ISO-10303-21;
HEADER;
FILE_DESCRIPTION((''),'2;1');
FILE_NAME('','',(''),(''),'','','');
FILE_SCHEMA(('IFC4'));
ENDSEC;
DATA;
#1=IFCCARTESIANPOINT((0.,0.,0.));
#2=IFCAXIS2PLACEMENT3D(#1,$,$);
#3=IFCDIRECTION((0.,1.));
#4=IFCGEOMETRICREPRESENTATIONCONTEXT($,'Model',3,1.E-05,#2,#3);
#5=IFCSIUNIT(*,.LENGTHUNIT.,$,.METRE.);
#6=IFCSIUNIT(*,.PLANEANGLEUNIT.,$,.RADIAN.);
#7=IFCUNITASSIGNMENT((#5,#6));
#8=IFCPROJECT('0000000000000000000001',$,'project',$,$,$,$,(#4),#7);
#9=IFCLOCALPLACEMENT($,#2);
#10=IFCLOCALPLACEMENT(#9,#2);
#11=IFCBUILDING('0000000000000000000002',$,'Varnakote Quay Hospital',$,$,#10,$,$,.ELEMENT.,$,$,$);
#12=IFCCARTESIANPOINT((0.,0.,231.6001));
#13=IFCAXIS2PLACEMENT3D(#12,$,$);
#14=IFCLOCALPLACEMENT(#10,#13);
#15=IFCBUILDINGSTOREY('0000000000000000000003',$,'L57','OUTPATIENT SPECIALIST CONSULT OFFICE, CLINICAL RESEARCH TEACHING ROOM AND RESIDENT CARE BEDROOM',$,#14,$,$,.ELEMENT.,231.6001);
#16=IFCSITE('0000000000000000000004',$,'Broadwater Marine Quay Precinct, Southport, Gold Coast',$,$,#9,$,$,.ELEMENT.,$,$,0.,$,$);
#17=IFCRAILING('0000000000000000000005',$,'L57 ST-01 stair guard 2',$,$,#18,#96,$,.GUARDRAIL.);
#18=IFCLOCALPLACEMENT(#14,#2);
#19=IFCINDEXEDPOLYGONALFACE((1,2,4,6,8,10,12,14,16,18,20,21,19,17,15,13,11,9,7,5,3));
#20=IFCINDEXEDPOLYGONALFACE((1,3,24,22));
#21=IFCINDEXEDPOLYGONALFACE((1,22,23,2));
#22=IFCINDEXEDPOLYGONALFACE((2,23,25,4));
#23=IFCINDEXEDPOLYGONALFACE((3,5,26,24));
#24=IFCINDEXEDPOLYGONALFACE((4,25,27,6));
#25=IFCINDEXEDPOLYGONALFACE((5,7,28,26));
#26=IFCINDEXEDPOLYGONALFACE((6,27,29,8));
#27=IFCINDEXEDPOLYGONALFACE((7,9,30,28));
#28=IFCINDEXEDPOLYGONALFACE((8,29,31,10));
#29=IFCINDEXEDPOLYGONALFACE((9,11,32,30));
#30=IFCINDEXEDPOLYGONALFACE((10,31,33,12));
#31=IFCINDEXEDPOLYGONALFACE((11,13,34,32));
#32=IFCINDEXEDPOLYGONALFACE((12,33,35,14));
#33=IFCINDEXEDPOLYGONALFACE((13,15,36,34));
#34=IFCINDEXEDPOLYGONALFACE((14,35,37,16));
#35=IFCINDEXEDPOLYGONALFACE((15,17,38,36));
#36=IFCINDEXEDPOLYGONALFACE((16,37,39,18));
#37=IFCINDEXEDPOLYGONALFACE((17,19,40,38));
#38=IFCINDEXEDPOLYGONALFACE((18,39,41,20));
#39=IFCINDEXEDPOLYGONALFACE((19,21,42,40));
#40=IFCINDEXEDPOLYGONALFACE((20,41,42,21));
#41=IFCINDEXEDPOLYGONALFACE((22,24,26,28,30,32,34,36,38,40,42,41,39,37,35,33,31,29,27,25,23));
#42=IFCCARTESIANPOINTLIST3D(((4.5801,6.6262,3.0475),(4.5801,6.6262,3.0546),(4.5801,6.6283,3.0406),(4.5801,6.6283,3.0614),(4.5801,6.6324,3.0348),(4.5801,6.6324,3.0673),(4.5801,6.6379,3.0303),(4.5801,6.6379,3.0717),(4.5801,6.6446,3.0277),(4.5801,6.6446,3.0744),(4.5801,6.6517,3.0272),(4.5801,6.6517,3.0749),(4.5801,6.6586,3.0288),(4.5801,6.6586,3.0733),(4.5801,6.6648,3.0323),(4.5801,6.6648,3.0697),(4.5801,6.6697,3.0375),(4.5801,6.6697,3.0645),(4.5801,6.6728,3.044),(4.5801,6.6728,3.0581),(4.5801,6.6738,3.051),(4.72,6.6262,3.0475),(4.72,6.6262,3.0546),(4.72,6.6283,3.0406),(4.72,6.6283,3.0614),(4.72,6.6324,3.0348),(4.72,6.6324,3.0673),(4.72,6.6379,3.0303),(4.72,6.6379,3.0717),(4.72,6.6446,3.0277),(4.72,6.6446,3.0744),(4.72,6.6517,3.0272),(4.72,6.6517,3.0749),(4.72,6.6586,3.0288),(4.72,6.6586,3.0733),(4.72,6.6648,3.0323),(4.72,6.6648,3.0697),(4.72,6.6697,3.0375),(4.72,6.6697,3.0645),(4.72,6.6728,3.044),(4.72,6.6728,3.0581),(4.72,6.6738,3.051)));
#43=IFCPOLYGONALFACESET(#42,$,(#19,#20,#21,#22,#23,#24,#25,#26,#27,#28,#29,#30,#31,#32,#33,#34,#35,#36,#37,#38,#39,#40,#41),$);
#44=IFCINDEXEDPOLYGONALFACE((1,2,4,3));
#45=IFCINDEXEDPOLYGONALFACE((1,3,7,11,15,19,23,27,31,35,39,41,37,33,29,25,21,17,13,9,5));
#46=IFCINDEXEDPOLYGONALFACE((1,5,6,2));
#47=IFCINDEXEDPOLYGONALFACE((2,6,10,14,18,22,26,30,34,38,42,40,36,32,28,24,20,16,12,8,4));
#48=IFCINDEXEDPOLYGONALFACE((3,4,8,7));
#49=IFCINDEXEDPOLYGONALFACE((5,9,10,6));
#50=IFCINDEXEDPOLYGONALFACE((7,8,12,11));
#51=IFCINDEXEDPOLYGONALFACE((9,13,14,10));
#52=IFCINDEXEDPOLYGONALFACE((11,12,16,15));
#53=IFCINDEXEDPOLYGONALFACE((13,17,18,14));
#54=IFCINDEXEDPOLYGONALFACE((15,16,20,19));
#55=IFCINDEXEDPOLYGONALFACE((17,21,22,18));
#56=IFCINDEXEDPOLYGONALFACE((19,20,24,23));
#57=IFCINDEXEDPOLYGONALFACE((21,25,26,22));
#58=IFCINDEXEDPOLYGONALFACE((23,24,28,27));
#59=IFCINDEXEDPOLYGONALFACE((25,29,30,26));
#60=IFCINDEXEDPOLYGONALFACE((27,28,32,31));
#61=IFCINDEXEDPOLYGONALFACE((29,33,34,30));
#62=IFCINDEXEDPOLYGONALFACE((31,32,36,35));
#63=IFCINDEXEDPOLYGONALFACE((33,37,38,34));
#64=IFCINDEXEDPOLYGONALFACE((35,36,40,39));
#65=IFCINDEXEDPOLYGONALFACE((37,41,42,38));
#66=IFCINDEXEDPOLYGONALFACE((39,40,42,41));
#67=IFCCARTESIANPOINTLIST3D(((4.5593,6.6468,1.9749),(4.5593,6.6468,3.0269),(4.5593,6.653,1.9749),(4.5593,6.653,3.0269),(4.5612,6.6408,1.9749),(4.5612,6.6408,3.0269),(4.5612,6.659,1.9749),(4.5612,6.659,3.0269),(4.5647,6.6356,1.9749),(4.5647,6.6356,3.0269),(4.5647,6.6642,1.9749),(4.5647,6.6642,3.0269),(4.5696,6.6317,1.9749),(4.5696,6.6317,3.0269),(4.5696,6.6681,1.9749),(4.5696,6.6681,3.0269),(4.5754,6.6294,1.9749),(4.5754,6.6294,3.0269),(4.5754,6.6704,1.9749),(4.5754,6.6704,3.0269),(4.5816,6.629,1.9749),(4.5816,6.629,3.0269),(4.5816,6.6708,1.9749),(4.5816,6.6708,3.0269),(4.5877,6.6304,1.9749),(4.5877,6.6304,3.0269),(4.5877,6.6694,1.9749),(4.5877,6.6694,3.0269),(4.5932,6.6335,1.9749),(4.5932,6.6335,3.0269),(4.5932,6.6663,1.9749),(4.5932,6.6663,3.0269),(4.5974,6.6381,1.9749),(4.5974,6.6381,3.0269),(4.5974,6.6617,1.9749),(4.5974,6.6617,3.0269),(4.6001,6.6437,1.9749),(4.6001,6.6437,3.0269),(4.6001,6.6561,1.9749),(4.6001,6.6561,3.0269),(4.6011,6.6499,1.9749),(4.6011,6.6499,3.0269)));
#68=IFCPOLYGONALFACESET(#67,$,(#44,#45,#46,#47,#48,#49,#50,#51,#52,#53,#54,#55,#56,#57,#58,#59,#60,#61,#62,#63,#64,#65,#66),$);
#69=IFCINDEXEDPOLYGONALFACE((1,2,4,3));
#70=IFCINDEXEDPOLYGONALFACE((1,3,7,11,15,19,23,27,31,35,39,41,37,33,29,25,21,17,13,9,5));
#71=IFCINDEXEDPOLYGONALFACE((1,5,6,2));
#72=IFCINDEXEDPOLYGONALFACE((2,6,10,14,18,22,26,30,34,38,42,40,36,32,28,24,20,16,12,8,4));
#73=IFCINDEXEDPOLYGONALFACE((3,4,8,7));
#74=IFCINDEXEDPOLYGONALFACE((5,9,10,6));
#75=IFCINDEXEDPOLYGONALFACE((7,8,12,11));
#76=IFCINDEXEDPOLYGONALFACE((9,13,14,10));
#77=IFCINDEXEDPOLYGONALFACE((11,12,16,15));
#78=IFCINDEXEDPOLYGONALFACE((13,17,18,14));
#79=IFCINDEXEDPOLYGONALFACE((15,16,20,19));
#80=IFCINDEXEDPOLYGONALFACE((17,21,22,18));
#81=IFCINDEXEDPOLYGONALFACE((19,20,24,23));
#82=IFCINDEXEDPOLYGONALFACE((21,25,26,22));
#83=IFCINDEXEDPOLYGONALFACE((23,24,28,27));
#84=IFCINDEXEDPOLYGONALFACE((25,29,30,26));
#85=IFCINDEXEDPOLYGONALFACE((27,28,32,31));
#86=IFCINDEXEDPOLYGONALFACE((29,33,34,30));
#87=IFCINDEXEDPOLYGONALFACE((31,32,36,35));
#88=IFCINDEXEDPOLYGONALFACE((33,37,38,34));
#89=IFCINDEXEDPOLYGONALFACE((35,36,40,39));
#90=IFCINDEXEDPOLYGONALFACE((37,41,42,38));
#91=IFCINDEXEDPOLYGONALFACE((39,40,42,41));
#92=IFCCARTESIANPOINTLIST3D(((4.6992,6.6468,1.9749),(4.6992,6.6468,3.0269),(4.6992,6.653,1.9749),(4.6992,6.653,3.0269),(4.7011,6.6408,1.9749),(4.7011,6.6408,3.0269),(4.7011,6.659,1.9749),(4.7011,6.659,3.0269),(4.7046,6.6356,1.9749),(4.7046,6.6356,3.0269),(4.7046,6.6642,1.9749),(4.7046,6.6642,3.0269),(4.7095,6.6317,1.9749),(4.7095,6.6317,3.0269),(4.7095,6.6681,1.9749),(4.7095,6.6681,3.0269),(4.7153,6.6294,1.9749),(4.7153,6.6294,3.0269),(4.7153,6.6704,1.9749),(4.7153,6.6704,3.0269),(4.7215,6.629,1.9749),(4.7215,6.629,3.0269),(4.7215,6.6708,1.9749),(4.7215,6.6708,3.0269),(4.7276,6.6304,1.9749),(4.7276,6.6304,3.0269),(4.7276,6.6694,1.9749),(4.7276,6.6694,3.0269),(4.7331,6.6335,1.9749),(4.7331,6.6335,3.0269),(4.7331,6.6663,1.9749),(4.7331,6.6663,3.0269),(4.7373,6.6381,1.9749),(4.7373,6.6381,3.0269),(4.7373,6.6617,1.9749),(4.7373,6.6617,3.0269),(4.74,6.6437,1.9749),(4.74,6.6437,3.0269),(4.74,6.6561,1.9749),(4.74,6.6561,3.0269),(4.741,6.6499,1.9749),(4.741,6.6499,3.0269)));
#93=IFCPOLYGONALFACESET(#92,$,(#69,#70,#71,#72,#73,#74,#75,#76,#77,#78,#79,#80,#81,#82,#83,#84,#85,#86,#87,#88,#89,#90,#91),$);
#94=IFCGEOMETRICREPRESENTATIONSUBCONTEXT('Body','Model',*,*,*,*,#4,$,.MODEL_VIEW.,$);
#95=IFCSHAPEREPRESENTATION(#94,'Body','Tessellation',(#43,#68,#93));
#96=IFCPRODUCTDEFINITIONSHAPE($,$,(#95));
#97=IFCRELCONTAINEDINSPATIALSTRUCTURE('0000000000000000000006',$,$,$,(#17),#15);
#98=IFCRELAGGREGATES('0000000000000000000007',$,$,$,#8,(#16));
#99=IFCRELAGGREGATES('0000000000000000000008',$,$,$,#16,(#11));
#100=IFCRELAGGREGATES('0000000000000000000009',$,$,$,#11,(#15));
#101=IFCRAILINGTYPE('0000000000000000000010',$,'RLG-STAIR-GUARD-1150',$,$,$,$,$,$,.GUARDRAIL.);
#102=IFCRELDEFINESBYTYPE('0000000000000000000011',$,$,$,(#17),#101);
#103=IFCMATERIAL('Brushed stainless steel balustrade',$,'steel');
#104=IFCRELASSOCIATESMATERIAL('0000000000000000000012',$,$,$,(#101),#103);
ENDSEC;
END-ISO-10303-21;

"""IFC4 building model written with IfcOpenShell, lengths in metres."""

from ifc_helpers import new_model, si_unit, direction, frame, origin, origin_2d, place, context, subcontext, project, spatial, circle, extrude, material, type_object, element, save


model = new_model("IFC4")

# Units and contexts
model_context = context("Model", 3, precision=1e-05, world=origin(), true_north=direction((0.0, 1.0)))
body_context = subcontext(model_context, "Body", "Model", "MODEL_VIEW")
ifc_project = project(units=[si_unit("LENGTHUNIT", "METRE"), si_unit("PLANEANGLEUNIT", "RADIAN")], contexts=[model_context])

# Site, building, storey
site_placement = place(None, origin())
site = spatial("IfcSite", under=ifc_project, at=site_placement, Name="Broadwater Marine Quay Precinct, Southport, Gold Coast", CompositionType="ELEMENT", RefElevation=0.0)
building_placement = place(site_placement, origin())
building = spatial("IfcBuilding", under=site, at=building_placement, Name="Varnakote Quay Hospital", CompositionType="ELEMENT")
storey_placement = place(building_placement, frame((0.0, 0.0, 231.6001)))
storey = spatial("IfcBuildingStorey", under=building, at=storey_placement, Name="L57", Description="OUTPATIENT SPECIALIST CONSULT OFFICE, CLINICAL RESEARCH TEACHING ROOM AND RESIDENT CARE BEDROOM", CompositionType="ELEMENT", Elevation=231.6001)

# Railing
ifc_material_1 = material(Name="Brushed stainless steel balustrade", Category="steel")
railing_type_1 = type_object("IfcRailingType", Name="RLG-STAIR-GUARD-1150", PredefinedType="GUARDRAIL", material=ifc_material_1)
railing_1_placement = place(storey_placement, frame((4.5801, 6.6499, 1.9749)))
element("IfcRailing", 1, at=railing_1_placement, inside=storey, type_object=railing_type_1, Name="L57 ST-01 stair guard 2", PredefinedType="GUARDRAIL", context=body_context, shape_type="SweptSolid", body=[
    extrude(circle(Radius=0.0239, at=origin_2d()), frame((0.0, 0.0, 1.0762), z_axis=(1.0, 0.0, 0.0), x_axis=(0.0, 1.0, 0.0)), (0.0, 0.0, 1.0), 0.1399),
    extrude(circle(Radius=0.021, at=origin_2d()), origin(), (0.0, 0.0, 1.0), 1.052),
    extrude(circle(Radius=0.021, at=origin_2d()), frame((0.1399, 0.0, 0.0)), (0.0, 0.0, 1.0), 1.052),
])

save(model, "model.ifc")
